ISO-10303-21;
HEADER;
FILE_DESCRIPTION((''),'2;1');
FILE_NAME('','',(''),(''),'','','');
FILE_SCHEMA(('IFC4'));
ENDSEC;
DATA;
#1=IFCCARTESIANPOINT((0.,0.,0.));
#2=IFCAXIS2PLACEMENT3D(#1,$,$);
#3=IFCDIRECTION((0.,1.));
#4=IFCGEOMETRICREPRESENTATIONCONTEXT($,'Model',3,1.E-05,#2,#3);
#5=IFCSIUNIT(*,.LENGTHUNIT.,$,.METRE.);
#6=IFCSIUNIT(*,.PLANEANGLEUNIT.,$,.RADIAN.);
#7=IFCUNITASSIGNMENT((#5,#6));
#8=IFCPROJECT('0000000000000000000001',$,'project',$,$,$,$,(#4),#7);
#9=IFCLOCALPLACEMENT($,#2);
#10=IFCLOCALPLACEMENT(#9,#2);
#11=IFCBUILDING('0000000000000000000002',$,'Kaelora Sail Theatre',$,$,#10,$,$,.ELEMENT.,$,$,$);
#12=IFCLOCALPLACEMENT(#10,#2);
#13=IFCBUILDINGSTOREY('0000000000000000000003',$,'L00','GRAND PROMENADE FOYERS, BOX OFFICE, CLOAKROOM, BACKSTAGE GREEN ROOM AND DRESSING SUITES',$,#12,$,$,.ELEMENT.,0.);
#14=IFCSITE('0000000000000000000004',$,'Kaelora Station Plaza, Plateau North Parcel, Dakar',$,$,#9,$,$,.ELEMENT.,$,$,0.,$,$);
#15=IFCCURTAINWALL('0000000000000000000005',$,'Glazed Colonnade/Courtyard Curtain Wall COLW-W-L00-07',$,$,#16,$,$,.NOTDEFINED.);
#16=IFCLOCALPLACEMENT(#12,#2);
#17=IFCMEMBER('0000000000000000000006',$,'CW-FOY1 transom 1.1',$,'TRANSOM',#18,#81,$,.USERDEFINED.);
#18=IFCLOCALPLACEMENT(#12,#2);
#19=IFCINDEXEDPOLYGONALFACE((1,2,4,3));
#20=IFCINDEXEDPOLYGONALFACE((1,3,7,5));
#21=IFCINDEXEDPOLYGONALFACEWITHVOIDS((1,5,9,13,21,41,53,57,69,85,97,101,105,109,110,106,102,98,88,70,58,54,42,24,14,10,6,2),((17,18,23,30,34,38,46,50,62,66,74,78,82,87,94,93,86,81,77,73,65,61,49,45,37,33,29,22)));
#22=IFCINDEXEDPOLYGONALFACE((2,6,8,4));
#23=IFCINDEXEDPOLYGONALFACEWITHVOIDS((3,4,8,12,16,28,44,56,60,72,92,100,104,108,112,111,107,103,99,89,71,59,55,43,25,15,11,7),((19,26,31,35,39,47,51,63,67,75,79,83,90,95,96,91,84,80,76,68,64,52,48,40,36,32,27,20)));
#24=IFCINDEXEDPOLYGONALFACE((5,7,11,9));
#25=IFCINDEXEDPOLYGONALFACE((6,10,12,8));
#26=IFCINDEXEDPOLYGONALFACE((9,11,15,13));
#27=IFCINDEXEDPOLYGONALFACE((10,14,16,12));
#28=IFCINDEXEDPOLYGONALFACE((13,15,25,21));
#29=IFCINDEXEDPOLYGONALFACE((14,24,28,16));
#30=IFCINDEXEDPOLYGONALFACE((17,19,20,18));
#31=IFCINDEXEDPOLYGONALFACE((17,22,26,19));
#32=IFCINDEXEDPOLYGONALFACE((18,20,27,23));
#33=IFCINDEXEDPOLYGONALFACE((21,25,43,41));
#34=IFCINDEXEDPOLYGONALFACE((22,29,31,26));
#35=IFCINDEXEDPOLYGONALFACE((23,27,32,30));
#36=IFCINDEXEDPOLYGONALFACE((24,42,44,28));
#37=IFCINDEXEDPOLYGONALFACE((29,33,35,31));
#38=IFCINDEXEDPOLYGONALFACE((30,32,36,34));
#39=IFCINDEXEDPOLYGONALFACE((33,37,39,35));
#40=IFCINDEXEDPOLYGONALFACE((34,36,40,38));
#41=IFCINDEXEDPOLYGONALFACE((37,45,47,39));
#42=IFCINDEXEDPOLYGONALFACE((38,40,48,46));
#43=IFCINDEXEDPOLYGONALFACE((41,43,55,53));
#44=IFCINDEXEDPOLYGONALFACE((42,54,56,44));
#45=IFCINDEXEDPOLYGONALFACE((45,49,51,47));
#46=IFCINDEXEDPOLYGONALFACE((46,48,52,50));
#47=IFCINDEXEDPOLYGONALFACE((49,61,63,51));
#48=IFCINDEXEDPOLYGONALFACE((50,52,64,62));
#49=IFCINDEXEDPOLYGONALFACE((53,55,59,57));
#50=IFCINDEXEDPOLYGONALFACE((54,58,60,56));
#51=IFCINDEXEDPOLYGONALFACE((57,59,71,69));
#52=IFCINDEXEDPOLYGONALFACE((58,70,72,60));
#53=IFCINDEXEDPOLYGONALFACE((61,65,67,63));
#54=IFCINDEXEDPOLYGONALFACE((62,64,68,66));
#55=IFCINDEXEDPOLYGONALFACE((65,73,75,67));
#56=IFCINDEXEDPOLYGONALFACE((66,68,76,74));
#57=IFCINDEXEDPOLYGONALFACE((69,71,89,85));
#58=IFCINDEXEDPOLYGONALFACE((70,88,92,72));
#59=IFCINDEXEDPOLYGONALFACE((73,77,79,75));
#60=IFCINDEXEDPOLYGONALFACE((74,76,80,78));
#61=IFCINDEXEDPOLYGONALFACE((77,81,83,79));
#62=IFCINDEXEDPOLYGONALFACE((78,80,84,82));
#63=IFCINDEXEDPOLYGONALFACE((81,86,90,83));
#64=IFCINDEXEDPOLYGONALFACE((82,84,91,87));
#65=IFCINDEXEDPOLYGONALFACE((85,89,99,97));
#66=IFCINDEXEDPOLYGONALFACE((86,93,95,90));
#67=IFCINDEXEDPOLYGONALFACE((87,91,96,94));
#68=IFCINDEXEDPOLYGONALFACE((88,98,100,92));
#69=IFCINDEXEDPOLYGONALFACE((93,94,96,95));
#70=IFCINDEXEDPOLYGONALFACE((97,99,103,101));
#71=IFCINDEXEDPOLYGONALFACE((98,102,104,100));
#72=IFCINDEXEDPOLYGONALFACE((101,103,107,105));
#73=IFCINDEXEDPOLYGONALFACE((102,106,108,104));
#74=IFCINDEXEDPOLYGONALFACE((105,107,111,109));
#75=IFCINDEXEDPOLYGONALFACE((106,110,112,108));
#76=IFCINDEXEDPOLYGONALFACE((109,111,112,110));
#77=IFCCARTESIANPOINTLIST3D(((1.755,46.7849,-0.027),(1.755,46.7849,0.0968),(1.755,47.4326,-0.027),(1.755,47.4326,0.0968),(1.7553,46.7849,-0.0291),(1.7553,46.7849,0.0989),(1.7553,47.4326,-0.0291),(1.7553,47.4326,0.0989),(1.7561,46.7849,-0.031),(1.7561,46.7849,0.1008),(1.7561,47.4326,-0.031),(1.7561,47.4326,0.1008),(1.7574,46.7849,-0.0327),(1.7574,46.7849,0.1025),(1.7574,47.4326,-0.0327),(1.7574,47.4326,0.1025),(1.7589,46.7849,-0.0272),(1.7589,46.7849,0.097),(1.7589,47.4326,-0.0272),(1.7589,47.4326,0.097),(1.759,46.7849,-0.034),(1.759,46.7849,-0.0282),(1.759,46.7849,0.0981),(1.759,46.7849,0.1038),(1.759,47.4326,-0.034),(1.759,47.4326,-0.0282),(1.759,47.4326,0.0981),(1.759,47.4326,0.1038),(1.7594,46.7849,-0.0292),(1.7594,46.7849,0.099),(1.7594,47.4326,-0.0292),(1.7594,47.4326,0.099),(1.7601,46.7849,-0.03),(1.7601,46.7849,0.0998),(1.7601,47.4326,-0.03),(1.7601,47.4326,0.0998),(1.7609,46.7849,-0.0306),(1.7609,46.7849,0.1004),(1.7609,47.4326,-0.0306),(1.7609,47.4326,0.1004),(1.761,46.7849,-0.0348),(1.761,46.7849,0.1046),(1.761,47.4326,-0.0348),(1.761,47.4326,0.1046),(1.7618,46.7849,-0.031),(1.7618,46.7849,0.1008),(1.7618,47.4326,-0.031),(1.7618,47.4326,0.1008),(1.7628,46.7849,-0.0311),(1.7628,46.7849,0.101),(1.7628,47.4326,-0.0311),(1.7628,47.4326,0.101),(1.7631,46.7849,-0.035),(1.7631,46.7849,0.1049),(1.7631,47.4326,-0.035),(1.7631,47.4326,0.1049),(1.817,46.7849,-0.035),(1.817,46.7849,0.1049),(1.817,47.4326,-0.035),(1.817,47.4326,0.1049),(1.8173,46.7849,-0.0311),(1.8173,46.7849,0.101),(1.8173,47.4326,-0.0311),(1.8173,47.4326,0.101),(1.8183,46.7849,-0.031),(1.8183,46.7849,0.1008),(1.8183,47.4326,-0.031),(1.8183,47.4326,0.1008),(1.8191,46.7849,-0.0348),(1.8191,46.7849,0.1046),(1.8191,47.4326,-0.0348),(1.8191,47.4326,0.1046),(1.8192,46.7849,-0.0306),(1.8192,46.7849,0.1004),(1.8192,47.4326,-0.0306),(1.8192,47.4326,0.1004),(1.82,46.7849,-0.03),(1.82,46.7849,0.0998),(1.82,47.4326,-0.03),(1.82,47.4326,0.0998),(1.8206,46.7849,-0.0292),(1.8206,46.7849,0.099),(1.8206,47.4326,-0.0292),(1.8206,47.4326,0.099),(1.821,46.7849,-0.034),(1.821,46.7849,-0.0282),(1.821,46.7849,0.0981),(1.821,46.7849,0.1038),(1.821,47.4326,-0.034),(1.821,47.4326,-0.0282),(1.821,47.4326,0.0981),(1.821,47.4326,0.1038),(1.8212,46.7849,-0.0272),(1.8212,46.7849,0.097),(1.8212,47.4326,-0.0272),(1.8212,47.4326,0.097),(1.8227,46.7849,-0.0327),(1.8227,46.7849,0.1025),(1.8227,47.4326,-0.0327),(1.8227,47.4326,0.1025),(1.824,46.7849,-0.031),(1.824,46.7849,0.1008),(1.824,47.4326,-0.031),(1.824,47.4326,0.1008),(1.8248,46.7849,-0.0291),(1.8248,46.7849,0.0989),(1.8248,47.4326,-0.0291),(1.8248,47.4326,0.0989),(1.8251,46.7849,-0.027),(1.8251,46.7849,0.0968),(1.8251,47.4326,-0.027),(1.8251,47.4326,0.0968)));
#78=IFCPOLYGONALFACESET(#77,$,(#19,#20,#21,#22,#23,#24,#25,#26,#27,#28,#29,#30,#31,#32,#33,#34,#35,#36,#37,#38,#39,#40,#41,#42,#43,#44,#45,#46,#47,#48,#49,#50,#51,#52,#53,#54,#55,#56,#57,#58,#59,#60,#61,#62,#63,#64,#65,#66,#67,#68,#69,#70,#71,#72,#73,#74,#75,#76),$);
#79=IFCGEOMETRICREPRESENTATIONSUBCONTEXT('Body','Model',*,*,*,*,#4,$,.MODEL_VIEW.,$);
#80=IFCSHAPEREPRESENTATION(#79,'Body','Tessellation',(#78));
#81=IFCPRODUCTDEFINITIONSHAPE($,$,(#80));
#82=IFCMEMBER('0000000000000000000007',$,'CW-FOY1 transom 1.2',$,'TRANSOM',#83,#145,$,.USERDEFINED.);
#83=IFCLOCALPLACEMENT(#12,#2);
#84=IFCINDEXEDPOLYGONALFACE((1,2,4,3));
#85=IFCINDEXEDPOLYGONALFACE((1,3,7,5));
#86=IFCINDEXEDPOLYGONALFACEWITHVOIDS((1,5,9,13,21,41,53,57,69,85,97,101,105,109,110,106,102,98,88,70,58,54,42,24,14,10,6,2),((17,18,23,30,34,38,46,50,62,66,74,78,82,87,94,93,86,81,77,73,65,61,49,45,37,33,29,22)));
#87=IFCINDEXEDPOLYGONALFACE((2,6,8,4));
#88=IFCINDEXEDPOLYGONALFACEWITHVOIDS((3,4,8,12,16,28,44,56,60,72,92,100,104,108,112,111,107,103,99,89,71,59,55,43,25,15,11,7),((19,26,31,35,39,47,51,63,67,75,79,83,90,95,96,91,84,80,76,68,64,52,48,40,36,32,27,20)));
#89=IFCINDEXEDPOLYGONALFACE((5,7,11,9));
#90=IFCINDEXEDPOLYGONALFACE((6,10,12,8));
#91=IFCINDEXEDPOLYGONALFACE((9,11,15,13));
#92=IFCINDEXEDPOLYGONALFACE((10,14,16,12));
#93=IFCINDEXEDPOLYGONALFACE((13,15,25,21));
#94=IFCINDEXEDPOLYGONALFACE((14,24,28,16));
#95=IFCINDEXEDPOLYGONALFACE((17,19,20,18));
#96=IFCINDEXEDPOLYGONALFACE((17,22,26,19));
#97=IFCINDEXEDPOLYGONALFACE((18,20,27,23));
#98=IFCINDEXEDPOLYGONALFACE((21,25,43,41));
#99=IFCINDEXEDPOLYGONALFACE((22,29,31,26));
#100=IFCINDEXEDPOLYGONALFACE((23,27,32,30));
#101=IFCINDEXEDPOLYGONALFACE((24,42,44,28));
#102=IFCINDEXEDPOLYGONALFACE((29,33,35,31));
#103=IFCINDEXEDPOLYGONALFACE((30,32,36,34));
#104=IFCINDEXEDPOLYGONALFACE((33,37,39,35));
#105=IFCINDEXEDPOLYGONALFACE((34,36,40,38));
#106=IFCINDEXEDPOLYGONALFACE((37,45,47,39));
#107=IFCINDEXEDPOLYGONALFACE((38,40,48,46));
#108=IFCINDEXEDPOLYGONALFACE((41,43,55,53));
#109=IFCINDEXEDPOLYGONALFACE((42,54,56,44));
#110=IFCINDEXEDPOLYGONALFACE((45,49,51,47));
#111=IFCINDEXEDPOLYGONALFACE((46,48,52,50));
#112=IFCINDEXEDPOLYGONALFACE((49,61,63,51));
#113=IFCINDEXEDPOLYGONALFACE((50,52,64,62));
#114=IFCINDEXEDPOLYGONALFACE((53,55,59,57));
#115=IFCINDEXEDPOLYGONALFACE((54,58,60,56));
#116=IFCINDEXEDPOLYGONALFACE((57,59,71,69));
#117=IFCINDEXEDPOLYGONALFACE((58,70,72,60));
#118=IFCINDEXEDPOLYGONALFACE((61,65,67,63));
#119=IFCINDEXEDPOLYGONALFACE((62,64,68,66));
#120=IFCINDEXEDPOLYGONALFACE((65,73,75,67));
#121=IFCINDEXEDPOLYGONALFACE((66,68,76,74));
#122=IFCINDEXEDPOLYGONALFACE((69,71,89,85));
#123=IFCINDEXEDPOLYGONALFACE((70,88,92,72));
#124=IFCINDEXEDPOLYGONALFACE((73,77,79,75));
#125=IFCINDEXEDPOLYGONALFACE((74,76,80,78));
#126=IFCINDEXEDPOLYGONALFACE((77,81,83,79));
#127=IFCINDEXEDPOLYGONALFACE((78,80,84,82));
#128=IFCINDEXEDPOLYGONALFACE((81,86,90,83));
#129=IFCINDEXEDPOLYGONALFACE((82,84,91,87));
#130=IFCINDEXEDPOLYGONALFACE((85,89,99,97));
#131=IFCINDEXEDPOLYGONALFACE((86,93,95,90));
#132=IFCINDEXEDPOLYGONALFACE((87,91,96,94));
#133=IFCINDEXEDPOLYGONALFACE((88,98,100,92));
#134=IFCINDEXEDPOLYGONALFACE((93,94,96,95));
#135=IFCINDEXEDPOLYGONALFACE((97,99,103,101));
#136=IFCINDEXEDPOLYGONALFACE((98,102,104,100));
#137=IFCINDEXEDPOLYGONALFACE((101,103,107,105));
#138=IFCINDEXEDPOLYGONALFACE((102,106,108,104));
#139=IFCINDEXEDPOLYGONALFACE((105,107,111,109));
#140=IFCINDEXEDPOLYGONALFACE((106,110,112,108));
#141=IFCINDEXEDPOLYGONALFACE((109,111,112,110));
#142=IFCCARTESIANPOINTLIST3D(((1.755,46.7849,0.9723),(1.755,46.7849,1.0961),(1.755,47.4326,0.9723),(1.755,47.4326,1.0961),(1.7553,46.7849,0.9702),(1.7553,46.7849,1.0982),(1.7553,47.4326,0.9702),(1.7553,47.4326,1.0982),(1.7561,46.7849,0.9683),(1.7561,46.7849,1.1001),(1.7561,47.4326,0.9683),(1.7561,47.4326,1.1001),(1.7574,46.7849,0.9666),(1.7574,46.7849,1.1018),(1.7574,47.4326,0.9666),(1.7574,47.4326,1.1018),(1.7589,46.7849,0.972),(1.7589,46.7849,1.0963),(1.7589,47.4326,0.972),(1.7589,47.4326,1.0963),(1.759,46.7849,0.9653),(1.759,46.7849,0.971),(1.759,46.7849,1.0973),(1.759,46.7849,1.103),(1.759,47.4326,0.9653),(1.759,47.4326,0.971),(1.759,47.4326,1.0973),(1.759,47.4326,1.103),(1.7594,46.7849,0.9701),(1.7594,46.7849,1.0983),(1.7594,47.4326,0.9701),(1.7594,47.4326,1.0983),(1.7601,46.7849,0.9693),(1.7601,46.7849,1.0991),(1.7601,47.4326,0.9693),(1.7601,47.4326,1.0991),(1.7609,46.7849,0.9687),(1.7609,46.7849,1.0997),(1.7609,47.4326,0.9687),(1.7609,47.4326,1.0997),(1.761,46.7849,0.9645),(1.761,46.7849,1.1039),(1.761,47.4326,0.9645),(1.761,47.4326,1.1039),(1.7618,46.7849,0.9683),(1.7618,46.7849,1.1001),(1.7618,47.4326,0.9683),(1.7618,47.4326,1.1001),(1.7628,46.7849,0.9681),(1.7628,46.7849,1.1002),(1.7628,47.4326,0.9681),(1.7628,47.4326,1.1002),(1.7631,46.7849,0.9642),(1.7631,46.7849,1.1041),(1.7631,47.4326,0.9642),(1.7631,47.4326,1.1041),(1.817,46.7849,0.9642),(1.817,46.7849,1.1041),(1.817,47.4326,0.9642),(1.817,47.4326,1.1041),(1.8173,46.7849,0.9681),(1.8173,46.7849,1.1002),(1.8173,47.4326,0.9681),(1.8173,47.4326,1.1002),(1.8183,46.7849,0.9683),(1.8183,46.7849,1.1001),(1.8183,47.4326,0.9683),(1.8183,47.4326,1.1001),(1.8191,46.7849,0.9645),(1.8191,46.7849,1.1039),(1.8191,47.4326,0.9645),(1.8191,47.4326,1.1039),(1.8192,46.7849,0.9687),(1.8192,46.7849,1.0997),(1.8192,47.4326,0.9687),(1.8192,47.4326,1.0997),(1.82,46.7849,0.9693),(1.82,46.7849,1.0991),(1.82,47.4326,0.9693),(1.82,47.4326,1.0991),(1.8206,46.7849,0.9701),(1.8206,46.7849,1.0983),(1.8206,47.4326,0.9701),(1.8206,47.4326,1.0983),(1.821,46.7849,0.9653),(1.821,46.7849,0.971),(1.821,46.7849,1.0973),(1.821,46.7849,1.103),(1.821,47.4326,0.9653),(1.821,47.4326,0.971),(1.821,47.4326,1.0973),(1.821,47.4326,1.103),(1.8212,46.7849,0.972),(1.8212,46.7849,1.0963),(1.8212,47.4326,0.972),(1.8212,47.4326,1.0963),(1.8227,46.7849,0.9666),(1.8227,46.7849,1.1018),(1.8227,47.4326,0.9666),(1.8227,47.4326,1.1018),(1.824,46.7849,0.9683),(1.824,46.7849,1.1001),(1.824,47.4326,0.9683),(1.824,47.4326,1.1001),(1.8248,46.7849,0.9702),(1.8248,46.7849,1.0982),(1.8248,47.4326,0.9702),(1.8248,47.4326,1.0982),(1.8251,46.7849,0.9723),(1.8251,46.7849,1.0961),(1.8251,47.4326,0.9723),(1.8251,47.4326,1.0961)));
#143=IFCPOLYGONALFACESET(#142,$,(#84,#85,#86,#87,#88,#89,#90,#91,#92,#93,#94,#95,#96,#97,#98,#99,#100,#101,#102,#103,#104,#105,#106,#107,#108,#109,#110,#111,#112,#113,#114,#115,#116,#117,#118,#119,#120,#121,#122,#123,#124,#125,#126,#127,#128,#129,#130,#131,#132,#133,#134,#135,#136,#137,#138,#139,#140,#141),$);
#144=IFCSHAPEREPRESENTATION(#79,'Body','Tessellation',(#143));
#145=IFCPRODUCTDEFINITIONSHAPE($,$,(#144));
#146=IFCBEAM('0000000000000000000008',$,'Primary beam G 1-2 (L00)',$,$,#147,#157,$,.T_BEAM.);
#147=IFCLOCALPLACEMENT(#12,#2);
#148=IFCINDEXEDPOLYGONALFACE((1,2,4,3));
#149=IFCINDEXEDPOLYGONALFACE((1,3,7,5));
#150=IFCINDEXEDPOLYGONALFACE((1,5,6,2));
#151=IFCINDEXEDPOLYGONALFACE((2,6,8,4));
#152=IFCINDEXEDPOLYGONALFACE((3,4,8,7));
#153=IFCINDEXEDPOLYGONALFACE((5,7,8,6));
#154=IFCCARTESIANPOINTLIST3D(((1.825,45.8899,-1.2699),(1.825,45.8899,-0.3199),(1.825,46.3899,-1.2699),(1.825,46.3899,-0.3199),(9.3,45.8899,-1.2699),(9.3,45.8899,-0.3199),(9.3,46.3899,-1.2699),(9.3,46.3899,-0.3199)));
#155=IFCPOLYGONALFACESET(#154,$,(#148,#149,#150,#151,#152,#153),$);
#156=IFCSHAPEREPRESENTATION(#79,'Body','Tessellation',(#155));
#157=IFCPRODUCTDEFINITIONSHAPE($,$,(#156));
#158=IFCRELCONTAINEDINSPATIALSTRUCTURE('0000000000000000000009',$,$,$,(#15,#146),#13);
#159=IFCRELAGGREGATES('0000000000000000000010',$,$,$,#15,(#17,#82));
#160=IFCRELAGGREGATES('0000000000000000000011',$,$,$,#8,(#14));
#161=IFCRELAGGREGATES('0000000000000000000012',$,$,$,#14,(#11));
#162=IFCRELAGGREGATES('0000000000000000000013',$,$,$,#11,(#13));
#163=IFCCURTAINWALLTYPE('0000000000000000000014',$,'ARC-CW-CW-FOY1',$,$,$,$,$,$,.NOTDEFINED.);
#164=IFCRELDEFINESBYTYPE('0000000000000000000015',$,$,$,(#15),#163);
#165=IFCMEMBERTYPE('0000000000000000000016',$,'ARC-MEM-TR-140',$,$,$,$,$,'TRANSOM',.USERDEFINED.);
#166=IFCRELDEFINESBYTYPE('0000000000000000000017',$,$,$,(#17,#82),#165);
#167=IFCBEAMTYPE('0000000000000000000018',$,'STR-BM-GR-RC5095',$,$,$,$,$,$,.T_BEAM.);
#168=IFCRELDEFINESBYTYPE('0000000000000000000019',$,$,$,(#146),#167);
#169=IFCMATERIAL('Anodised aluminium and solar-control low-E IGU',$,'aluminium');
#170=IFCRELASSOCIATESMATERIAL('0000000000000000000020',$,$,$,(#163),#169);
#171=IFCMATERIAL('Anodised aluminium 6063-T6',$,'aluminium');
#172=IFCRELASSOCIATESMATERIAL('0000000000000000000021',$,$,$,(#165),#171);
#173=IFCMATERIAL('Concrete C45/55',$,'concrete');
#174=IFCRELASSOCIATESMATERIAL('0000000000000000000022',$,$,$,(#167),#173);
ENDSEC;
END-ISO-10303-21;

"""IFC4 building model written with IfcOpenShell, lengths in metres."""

from ifc_helpers import new_model, si_unit, direction, frame, origin, origin_2d, place, context, subcontext, project, spatial, rectangle, hollow_rectangle, extrude, material, material_profile, profile_set, type_object, element, aggregate, save


model = new_model("IFC4")

# Units and contexts
model_context = context("Model", 3, precision=1e-05, world=origin(), true_north=direction((0.0, 1.0)))
body_context = subcontext(model_context, "Body", "Model", "MODEL_VIEW")
ifc_project = project(units=[si_unit("LENGTHUNIT", "METRE"), si_unit("PLANEANGLEUNIT", "RADIAN")], contexts=[model_context])

# Site, building, storey
site_placement = place(None, origin())
site = spatial("IfcSite", under=ifc_project, at=site_placement, Name="Kaelora Station Plaza, Plateau North Parcel, Dakar", CompositionType="ELEMENT", RefElevation=0.0)
building_placement = place(site_placement, origin())
building = spatial("IfcBuilding", under=site, at=building_placement, Name="Kaelora Sail Theatre", CompositionType="ELEMENT")
storey_placement = place(building_placement, origin())
storey = spatial("IfcBuildingStorey", under=building, at=storey_placement, Name="L00", Description="GRAND PROMENADE FOYERS, BOX OFFICE, CLOAKROOM, BACKSTAGE GREEN ROOM AND DRESSING SUITES", CompositionType="ELEMENT", Elevation=0.0)

# Shared definitions
ifc_material_1 = material(Name="Anodised aluminium and solar-control low-E IGU", Category="aluminium")
curtain_wall_type = type_object("IfcCurtainWallType", Name="ARC-CW-CW-FOY1", PredefinedType="NOTDEFINED", material=ifc_material_1)

# Curtain wall
curtain_wall_1_placement = place(storey_placement, origin())
curtain_wall_1 = element("IfcCurtainWall", 1, at=curtain_wall_1_placement, inside=storey, type_object=curtain_wall_type, Name="Glazed Colonnade/Courtyard Curtain Wall COLW-W-L00-07", PredefinedType="NOTDEFINED")

# Members
ifc_material_2 = material(Name="Anodised aluminium 6063-T6", Category="aluminium")
ifc_material_profile_1 = material_profile(ifc_material_2, hollow_rectangle(XDim=0.0701, YDim=0.1399, WallThickness=0.0039, InnerFilletRadius=0.0039, OuterFilletRadius=0.0081, at=origin_2d()), Name="ALU-TRAN 70x140x4")
ifc_profile_set_1 = profile_set([ifc_material_profile_1], Name="Anodised aluminium 6063-T6")
member_type_1 = type_object("IfcMemberType", Name="ARC-MEM-TR-140", ElementType="TRANSOM", PredefinedType="USERDEFINED", material=ifc_profile_set_1)
member_1_placement = place(storey_placement, frame((1.79, 46.7849, 0.0349), z_axis=(0.0, 1.0, 0.0), x_axis=(-1.0, 0.0, 0.0)))
member_1 = element("IfcMember", 2, at=member_1_placement, type_object=member_type_1, Name="CW-FOY1 transom 1.1", ObjectType="TRANSOM", PredefinedType="USERDEFINED", context=body_context, shape_type="SweptSolid", body=[
    extrude(hollow_rectangle(XDim=0.0701, YDim=0.1399, WallThickness=0.0039, InnerFilletRadius=0.0039, OuterFilletRadius=0.0081, at=origin_2d()), origin(), (0.0, 0.0, 1.0), 0.6477),
])
member_2_placement = place(storey_placement, frame((1.79, 46.7849, 1.0342), z_axis=(0.0, 1.0, 0.0), x_axis=(-1.0, 0.0, 0.0)))
member_2 = element("IfcMember", 3, at=member_2_placement, type_object=member_type_1, Name="CW-FOY1 transom 1.2", ObjectType="TRANSOM", PredefinedType="USERDEFINED", context=body_context, shape_type="SweptSolid", body=[
    extrude(hollow_rectangle(XDim=0.0701, YDim=0.1399, WallThickness=0.0039, InnerFilletRadius=0.0039, OuterFilletRadius=0.0081, at=origin_2d()), origin(), (0.0, 0.0, 1.0), 0.6477),
])

# Beam
ifc_material_3 = material(Name="Concrete C45/55", Category="concrete")
ifc_material_profile_2 = material_profile(ifc_material_3, rectangle(XDim=0.5, YDim=0.95, at=origin_2d()), Name="RC-GRD 500x950")
ifc_profile_set_2 = profile_set([ifc_material_profile_2], Name="Concrete C45/55")
beam_type_1 = type_object("IfcBeamType", Name="STR-BM-GR-RC5095", PredefinedType="T_BEAM", material=ifc_profile_set_2)
beam_1_placement = place(storey_placement, frame((1.825, 46.1399, -0.7949), z_axis=(1.0, 0.0, 0.0), x_axis=(0.0, 1.0, 0.0)))
element("IfcBeam", 4, at=beam_1_placement, inside=storey, type_object=beam_type_1, Name="Primary beam G 1-2 (L00)", PredefinedType="T_BEAM", context=body_context, shape_type="SweptSolid", body=[
    extrude(rectangle(XDim=0.5, YDim=0.95, at=origin_2d()), origin(), (0.0, 0.0, 1.0), 7.4751),
])

aggregate(curtain_wall_1, [member_1, member_2])

save(model, "model.ifc")
